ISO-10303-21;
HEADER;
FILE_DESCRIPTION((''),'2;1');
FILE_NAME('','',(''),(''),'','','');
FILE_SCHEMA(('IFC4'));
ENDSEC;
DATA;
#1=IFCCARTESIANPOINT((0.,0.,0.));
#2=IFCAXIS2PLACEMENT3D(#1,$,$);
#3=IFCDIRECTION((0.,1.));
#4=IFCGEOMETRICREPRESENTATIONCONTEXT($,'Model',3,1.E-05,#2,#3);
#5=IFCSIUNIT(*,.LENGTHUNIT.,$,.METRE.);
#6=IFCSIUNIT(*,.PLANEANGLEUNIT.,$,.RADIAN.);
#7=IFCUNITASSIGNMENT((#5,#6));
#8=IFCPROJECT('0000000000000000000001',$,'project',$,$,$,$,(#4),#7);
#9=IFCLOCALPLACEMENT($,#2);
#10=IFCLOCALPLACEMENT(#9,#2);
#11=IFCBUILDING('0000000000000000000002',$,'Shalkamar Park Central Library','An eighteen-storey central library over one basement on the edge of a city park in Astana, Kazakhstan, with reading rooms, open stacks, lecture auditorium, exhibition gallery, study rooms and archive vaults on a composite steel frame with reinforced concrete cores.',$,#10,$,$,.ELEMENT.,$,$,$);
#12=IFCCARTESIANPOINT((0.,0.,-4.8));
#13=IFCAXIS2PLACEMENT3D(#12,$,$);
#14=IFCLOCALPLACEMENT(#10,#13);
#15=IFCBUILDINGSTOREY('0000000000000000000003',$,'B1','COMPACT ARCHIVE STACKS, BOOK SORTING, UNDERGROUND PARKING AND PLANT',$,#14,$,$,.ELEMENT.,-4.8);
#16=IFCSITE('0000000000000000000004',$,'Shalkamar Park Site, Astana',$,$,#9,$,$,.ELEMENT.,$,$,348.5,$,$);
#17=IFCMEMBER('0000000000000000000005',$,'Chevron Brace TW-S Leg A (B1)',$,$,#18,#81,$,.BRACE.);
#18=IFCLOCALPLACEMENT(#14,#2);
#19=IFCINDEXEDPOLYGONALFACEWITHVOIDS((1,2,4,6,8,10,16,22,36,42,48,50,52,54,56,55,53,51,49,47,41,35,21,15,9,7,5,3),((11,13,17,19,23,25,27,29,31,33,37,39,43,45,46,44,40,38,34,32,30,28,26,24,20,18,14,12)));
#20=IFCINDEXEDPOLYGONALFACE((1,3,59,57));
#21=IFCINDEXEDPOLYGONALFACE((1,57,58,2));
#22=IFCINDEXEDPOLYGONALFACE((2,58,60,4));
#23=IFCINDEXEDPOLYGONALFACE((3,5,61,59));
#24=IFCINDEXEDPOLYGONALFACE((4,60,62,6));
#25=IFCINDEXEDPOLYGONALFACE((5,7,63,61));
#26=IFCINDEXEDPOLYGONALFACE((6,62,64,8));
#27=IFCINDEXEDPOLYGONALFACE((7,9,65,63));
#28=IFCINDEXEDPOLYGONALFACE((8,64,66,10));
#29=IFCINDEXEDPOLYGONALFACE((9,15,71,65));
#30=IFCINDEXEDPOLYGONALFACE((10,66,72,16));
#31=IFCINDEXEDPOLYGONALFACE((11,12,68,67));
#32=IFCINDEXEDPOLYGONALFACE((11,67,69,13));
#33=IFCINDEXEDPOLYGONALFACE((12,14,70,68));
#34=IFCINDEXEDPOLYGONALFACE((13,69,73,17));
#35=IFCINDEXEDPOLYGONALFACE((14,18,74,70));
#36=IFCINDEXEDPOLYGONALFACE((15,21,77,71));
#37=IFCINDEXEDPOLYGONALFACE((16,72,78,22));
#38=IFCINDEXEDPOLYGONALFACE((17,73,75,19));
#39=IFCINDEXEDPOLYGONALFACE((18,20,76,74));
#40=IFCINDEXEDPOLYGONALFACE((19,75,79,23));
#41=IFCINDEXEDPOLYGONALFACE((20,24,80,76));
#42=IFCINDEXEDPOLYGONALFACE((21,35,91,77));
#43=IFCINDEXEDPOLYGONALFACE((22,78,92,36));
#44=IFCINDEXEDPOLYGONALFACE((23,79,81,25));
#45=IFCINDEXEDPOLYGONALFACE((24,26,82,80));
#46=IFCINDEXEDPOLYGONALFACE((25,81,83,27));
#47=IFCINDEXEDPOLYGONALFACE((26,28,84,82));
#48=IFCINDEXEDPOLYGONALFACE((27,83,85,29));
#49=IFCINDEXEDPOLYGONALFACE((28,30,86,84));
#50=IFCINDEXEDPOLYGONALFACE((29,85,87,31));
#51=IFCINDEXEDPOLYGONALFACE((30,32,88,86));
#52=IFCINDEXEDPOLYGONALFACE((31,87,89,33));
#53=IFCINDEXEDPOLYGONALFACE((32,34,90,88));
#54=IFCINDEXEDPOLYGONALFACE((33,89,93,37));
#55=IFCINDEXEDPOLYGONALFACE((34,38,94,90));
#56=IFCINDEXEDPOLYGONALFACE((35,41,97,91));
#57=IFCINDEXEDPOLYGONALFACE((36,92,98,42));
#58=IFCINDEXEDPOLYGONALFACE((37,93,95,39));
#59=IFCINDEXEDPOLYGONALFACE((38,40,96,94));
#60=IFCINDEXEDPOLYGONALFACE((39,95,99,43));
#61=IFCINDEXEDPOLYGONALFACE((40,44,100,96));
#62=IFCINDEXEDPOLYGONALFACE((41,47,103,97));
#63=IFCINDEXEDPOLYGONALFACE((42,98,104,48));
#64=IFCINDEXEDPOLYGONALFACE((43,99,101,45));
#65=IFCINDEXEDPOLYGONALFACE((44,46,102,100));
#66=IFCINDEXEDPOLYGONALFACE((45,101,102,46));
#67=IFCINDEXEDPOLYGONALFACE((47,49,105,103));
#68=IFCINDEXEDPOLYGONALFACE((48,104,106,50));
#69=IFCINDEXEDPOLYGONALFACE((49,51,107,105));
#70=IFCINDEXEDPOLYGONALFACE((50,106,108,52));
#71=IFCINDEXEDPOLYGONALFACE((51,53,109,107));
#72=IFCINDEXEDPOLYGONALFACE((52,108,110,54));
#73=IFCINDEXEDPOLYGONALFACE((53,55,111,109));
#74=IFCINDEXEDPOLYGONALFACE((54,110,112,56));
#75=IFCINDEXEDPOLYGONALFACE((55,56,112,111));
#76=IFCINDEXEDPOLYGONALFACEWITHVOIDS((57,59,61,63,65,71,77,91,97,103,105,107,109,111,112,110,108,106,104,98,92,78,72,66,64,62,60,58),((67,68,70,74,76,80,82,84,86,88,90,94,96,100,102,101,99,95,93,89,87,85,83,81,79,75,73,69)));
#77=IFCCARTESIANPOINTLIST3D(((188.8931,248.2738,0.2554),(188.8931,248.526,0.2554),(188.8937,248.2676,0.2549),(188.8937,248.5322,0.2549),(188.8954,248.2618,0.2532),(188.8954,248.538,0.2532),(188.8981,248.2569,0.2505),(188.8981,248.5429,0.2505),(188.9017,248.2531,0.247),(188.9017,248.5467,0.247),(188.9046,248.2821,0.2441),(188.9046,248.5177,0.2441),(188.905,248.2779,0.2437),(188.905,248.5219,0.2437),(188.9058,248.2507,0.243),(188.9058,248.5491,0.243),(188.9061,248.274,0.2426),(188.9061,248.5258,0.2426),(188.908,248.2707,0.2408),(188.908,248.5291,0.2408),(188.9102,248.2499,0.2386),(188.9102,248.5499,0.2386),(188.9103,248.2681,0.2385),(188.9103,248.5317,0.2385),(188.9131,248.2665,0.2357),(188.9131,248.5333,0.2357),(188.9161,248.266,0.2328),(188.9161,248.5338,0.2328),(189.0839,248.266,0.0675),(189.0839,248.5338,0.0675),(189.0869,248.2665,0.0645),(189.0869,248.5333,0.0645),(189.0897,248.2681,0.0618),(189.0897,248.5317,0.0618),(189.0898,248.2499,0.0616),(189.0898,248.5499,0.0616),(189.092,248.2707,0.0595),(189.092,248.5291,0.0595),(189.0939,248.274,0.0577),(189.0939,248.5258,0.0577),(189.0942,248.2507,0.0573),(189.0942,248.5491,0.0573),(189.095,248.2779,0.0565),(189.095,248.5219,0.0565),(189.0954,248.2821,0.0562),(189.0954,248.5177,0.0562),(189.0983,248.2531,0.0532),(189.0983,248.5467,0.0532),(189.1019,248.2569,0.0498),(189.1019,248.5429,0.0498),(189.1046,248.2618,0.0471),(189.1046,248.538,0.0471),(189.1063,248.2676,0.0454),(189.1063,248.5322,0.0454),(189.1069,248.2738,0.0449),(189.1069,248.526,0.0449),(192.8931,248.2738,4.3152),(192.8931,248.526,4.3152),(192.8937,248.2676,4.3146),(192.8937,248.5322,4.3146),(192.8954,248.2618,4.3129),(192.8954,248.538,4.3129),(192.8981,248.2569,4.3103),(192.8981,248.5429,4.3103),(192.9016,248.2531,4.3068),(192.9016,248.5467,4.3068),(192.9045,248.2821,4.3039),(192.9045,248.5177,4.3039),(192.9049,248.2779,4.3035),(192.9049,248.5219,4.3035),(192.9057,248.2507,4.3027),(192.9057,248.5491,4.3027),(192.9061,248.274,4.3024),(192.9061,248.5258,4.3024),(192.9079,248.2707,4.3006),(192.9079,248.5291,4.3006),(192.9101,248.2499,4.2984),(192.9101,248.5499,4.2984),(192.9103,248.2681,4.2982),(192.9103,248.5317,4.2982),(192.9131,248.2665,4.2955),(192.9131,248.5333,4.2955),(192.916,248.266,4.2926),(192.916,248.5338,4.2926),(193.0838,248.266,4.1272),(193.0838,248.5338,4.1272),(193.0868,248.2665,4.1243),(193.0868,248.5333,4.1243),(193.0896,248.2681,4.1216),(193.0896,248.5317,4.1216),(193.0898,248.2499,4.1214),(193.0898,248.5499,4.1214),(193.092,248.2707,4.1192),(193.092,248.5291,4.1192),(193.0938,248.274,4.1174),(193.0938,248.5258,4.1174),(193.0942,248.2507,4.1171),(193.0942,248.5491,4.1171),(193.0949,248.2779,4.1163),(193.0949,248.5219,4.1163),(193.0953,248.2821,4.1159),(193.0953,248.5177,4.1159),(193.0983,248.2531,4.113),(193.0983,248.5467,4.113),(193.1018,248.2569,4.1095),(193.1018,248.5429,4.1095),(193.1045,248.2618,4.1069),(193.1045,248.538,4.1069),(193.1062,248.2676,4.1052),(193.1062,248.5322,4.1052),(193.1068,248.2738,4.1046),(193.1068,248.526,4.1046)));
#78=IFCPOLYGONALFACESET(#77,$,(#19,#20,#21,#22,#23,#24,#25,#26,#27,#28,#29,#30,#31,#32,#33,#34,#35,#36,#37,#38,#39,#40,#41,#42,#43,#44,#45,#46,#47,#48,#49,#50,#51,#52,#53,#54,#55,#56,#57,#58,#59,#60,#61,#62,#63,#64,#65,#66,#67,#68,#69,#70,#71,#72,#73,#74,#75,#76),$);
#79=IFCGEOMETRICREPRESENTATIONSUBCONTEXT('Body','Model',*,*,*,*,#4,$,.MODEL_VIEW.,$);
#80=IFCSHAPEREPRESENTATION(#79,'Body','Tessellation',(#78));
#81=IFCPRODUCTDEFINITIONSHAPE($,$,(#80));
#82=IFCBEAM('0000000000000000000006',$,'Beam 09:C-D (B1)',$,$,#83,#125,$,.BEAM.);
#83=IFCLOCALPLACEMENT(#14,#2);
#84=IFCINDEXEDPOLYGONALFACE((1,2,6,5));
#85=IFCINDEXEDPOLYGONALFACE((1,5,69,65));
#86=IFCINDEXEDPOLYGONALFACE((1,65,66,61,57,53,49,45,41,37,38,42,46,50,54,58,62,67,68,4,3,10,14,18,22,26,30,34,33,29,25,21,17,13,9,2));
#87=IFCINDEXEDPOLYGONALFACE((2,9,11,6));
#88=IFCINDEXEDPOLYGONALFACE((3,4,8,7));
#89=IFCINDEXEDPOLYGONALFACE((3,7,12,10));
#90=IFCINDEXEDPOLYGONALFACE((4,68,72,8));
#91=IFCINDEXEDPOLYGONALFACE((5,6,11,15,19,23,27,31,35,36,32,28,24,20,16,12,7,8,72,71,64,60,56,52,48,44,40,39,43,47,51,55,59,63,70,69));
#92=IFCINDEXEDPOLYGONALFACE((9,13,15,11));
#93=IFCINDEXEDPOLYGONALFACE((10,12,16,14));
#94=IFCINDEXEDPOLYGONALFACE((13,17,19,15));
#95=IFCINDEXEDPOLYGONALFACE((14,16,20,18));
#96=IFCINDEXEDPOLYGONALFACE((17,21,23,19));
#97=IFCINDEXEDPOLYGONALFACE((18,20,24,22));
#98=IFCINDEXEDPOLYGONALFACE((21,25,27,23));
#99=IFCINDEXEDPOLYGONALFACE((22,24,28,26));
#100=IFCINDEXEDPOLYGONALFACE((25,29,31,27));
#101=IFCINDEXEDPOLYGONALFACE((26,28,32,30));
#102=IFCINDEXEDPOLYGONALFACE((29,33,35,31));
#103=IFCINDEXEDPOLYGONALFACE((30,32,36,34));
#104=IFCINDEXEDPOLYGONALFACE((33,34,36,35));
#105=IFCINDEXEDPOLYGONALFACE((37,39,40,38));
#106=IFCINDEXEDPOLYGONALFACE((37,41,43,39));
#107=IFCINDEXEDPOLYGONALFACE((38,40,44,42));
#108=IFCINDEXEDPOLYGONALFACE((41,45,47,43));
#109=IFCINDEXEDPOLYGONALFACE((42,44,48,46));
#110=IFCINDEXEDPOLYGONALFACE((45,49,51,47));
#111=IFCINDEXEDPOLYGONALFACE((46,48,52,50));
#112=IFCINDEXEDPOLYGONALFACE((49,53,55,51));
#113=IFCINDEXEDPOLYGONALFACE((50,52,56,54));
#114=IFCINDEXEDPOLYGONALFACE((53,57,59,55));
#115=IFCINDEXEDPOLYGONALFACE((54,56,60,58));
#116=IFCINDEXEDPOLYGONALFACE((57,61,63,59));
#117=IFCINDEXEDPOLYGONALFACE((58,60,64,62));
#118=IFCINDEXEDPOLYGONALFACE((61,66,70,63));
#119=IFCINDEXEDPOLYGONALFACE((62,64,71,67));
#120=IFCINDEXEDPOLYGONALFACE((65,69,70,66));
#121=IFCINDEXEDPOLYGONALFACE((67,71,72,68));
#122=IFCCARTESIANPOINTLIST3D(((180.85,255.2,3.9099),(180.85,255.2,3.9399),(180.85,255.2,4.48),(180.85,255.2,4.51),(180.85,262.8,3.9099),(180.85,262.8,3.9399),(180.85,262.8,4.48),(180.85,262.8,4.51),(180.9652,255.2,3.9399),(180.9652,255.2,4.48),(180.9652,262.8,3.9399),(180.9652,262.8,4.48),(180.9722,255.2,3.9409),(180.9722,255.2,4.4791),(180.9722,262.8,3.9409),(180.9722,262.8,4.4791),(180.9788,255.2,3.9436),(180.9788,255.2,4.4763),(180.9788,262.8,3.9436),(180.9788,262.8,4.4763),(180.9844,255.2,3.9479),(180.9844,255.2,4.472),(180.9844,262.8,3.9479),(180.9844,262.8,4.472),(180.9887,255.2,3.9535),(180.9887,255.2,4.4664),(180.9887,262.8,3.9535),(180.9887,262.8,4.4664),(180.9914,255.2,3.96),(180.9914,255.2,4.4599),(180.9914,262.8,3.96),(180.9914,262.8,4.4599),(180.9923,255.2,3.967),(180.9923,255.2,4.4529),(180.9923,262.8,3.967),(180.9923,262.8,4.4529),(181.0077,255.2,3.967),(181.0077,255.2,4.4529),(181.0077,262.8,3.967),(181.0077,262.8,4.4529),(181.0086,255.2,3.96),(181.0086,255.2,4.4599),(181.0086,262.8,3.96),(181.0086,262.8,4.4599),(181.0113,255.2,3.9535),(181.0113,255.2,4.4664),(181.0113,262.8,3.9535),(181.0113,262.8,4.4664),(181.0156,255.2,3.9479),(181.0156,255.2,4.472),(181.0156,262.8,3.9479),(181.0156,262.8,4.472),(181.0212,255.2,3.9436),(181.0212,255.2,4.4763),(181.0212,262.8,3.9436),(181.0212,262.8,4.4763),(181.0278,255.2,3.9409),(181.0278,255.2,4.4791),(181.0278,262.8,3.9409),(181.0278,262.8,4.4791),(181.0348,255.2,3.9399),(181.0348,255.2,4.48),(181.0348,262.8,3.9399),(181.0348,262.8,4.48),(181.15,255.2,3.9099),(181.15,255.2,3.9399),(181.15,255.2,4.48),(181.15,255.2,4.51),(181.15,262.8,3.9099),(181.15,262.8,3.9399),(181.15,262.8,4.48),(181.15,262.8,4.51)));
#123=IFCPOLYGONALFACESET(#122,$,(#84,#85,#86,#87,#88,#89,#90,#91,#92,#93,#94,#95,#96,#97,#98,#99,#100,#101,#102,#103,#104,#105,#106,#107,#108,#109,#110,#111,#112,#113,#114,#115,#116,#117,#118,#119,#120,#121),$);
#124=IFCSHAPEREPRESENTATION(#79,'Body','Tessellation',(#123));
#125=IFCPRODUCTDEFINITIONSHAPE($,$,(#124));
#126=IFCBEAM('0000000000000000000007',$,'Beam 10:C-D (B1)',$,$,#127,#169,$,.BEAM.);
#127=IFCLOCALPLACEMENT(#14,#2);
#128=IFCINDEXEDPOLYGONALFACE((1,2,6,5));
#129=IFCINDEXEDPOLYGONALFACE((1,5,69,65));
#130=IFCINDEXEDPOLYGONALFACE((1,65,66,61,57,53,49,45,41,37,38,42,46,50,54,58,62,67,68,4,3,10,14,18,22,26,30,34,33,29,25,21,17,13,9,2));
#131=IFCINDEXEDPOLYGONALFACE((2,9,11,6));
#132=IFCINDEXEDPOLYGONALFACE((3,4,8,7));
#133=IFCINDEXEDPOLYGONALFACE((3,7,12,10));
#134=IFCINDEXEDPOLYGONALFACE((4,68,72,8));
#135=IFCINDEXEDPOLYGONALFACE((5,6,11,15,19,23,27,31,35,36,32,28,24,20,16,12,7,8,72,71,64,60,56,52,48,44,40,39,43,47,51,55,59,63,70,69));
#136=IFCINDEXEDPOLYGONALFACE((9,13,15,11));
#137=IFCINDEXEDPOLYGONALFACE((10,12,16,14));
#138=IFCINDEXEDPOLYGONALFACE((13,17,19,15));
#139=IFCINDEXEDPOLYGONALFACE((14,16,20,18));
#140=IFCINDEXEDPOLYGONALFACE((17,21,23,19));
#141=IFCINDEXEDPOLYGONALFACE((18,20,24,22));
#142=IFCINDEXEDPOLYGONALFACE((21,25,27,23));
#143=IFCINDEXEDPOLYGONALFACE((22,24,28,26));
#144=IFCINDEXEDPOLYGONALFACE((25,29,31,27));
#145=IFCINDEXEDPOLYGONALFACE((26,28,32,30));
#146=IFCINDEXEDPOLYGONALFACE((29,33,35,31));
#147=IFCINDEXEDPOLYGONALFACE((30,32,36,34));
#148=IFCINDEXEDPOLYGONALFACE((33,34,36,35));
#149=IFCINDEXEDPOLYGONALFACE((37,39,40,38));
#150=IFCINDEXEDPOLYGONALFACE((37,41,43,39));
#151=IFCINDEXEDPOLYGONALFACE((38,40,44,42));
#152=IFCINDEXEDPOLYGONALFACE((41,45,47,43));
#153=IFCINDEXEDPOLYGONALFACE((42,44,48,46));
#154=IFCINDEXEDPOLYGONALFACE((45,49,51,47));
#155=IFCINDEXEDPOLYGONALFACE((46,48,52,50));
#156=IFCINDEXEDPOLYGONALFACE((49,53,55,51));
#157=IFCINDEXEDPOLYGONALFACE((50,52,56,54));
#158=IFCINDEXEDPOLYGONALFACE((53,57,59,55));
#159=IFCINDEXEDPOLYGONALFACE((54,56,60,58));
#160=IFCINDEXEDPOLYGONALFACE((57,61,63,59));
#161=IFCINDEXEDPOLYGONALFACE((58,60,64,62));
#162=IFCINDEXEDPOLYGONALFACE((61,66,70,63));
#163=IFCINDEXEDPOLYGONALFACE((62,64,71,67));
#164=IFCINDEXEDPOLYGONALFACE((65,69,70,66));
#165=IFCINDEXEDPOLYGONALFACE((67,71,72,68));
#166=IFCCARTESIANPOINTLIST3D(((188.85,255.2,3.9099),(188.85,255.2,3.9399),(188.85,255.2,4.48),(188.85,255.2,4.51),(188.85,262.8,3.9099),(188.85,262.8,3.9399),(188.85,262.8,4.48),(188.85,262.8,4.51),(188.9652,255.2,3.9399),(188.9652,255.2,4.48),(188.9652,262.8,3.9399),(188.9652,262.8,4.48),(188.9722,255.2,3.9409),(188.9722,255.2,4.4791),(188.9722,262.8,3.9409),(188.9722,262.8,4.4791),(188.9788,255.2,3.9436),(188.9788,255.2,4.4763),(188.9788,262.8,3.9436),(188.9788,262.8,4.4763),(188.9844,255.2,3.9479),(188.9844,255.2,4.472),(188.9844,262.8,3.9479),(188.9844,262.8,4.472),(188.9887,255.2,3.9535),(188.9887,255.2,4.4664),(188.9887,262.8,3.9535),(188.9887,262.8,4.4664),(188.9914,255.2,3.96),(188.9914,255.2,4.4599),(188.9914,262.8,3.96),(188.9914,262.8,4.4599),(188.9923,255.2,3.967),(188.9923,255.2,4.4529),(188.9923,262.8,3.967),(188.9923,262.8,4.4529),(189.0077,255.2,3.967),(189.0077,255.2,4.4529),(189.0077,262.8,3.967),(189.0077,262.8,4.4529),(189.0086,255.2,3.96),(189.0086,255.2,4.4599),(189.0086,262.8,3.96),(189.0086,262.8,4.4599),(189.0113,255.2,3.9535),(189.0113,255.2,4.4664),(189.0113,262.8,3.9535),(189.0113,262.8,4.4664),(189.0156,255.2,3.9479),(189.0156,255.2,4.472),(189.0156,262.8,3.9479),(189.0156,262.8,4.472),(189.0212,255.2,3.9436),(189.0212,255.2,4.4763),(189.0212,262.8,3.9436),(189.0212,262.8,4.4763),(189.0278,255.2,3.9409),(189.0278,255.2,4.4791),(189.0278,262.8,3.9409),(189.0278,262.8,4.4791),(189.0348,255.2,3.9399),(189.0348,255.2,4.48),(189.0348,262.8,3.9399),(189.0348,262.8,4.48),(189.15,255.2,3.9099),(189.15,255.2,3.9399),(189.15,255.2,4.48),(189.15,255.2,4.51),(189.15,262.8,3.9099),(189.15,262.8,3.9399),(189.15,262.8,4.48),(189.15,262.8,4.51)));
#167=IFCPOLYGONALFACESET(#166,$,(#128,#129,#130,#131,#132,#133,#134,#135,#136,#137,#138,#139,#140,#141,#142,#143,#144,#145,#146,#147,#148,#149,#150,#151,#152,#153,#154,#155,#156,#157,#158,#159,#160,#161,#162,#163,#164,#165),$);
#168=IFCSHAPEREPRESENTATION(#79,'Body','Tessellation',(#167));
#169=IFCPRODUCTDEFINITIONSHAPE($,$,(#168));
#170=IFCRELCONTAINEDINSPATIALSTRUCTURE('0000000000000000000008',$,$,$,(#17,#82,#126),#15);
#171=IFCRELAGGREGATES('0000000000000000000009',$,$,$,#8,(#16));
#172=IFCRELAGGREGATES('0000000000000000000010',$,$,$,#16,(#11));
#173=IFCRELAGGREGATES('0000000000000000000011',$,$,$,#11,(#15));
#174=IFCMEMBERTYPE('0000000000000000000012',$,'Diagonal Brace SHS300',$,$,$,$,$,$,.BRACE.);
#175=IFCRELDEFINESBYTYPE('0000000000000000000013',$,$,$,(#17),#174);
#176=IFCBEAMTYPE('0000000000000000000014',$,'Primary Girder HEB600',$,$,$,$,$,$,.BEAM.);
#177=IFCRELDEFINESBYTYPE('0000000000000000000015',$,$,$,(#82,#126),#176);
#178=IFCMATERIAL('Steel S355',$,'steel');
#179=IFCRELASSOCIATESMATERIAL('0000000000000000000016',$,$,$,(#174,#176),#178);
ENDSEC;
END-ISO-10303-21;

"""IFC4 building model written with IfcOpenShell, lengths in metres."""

from ifc_helpers import new_model, si_unit, direction, frame, origin, origin_2d, place, context, subcontext, project, spatial, hollow_rectangle, i_section, extrude, material, material_profile, profile_set, type_object, element, save


model = new_model("IFC4")

# Units and contexts
model_context = context("Model", 3, precision=1e-05, world=origin(), true_north=direction((0.0, 1.0)))
body_context = subcontext(model_context, "Body", "Model", "MODEL_VIEW")
ifc_project = project(units=[si_unit("LENGTHUNIT", "METRE"), si_unit("PLANEANGLEUNIT", "RADIAN")], contexts=[model_context])

# Site, building, storey
site_placement = place(None, origin())
site = spatial("IfcSite", under=ifc_project, at=site_placement, Name="Shalkamar Park Site, Astana", CompositionType="ELEMENT", RefElevation=348.5)
building_placement = place(site_placement, origin())
building = spatial("IfcBuilding", under=site, at=building_placement, Name="Shalkamar Park Central Library", Description="An eighteen-storey central library over one basement on the edge of a city park in Astana, Kazakhstan, with reading rooms, open stacks, lecture auditorium, exhibition gallery, study rooms and archive vaults on a composite steel frame with reinforced concrete cores.", CompositionType="ELEMENT")
storey_placement = place(building_placement, frame((0.0, 0.0, -4.8)))
storey = spatial("IfcBuildingStorey", under=building, at=storey_placement, Name="B1", Description="COMPACT ARCHIVE STACKS, BOOK SORTING, UNDERGROUND PARKING AND PLANT", CompositionType="ELEMENT", Elevation=-4.8)

# Shared definitions
ifc_material_1 = material(Name="Steel S355", Category="steel")

# Member
ifc_material_profile_1 = material_profile(ifc_material_1, hollow_rectangle(XDim=0.3, YDim=0.3, WallThickness=0.0161, InnerFilletRadius=0.0161, OuterFilletRadius=0.0239, at=origin_2d()), Name="SHS 300x300x16")
ifc_profile_set_1 = profile_set([ifc_material_profile_1], Name="Steel S355")
member_type = type_object("IfcMemberType", Name="Diagonal Brace SHS300", PredefinedType="BRACE", material=ifc_profile_set_1)
member_placement = place(storey_placement, frame((189.0, 248.3999, 0.1501), z_axis=(0.70184, 0.0, 0.712335), x_axis=(0.0, 1.0, 0.0)))
element("IfcMember", 1, at=member_placement, inside=storey, type_object=member_type, Name="Chevron Brace TW-S Leg A (B1)", PredefinedType="BRACE", context=body_context, shape_type="SweptSolid", body=[
    extrude(hollow_rectangle(XDim=0.3, YDim=0.3, WallThickness=0.0161, InnerFilletRadius=0.0161, OuterFilletRadius=0.0239, at=origin_2d()), origin(), (0.0, 0.0, 1.0), 5.6992),
])

# Beams
ifc_material_profile_2 = material_profile(ifc_material_1, i_section(OverallWidth=0.3, OverallDepth=0.6001, WebThickness=0.0154, FlangeThickness=0.03, FilletRadius=0.0271, at=origin_2d()), Name="HEB 600")
ifc_profile_set_2 = profile_set([ifc_material_profile_2], Name="Steel S355")
beam_type_1 = type_object("IfcBeamType", Name="Primary Girder HEB600", PredefinedType="BEAM", material=ifc_profile_set_2)
for number, where, z_axis, x_axis, name in (
    (2, (181.0, 255.2, 4.21), (0.0, 1.0, 0.0), (-1.0, 0.0, 0.0), "Beam 09:C-D (B1)"),
    (3, (189.0, 255.2, 4.21), (0.0, 1.0, 0.0), (-1.0, 0.0, 0.0), "Beam 10:C-D (B1)"),
):
    element("IfcBeam", number, at=place(storey_placement, frame(where, z_axis=z_axis, x_axis=x_axis)), inside=storey, type_object=beam_type_1, Name=name, PredefinedType="BEAM", context=body_context, shape_type="SweptSolid", body=[
        extrude(i_section(OverallWidth=0.3, OverallDepth=0.6001, WebThickness=0.0154, FlangeThickness=0.03, FilletRadius=0.0271, at=origin_2d()), origin(), (0.0, 0.0, 1.0), 7.6001),
    ])

save(model, "model.ifc")
